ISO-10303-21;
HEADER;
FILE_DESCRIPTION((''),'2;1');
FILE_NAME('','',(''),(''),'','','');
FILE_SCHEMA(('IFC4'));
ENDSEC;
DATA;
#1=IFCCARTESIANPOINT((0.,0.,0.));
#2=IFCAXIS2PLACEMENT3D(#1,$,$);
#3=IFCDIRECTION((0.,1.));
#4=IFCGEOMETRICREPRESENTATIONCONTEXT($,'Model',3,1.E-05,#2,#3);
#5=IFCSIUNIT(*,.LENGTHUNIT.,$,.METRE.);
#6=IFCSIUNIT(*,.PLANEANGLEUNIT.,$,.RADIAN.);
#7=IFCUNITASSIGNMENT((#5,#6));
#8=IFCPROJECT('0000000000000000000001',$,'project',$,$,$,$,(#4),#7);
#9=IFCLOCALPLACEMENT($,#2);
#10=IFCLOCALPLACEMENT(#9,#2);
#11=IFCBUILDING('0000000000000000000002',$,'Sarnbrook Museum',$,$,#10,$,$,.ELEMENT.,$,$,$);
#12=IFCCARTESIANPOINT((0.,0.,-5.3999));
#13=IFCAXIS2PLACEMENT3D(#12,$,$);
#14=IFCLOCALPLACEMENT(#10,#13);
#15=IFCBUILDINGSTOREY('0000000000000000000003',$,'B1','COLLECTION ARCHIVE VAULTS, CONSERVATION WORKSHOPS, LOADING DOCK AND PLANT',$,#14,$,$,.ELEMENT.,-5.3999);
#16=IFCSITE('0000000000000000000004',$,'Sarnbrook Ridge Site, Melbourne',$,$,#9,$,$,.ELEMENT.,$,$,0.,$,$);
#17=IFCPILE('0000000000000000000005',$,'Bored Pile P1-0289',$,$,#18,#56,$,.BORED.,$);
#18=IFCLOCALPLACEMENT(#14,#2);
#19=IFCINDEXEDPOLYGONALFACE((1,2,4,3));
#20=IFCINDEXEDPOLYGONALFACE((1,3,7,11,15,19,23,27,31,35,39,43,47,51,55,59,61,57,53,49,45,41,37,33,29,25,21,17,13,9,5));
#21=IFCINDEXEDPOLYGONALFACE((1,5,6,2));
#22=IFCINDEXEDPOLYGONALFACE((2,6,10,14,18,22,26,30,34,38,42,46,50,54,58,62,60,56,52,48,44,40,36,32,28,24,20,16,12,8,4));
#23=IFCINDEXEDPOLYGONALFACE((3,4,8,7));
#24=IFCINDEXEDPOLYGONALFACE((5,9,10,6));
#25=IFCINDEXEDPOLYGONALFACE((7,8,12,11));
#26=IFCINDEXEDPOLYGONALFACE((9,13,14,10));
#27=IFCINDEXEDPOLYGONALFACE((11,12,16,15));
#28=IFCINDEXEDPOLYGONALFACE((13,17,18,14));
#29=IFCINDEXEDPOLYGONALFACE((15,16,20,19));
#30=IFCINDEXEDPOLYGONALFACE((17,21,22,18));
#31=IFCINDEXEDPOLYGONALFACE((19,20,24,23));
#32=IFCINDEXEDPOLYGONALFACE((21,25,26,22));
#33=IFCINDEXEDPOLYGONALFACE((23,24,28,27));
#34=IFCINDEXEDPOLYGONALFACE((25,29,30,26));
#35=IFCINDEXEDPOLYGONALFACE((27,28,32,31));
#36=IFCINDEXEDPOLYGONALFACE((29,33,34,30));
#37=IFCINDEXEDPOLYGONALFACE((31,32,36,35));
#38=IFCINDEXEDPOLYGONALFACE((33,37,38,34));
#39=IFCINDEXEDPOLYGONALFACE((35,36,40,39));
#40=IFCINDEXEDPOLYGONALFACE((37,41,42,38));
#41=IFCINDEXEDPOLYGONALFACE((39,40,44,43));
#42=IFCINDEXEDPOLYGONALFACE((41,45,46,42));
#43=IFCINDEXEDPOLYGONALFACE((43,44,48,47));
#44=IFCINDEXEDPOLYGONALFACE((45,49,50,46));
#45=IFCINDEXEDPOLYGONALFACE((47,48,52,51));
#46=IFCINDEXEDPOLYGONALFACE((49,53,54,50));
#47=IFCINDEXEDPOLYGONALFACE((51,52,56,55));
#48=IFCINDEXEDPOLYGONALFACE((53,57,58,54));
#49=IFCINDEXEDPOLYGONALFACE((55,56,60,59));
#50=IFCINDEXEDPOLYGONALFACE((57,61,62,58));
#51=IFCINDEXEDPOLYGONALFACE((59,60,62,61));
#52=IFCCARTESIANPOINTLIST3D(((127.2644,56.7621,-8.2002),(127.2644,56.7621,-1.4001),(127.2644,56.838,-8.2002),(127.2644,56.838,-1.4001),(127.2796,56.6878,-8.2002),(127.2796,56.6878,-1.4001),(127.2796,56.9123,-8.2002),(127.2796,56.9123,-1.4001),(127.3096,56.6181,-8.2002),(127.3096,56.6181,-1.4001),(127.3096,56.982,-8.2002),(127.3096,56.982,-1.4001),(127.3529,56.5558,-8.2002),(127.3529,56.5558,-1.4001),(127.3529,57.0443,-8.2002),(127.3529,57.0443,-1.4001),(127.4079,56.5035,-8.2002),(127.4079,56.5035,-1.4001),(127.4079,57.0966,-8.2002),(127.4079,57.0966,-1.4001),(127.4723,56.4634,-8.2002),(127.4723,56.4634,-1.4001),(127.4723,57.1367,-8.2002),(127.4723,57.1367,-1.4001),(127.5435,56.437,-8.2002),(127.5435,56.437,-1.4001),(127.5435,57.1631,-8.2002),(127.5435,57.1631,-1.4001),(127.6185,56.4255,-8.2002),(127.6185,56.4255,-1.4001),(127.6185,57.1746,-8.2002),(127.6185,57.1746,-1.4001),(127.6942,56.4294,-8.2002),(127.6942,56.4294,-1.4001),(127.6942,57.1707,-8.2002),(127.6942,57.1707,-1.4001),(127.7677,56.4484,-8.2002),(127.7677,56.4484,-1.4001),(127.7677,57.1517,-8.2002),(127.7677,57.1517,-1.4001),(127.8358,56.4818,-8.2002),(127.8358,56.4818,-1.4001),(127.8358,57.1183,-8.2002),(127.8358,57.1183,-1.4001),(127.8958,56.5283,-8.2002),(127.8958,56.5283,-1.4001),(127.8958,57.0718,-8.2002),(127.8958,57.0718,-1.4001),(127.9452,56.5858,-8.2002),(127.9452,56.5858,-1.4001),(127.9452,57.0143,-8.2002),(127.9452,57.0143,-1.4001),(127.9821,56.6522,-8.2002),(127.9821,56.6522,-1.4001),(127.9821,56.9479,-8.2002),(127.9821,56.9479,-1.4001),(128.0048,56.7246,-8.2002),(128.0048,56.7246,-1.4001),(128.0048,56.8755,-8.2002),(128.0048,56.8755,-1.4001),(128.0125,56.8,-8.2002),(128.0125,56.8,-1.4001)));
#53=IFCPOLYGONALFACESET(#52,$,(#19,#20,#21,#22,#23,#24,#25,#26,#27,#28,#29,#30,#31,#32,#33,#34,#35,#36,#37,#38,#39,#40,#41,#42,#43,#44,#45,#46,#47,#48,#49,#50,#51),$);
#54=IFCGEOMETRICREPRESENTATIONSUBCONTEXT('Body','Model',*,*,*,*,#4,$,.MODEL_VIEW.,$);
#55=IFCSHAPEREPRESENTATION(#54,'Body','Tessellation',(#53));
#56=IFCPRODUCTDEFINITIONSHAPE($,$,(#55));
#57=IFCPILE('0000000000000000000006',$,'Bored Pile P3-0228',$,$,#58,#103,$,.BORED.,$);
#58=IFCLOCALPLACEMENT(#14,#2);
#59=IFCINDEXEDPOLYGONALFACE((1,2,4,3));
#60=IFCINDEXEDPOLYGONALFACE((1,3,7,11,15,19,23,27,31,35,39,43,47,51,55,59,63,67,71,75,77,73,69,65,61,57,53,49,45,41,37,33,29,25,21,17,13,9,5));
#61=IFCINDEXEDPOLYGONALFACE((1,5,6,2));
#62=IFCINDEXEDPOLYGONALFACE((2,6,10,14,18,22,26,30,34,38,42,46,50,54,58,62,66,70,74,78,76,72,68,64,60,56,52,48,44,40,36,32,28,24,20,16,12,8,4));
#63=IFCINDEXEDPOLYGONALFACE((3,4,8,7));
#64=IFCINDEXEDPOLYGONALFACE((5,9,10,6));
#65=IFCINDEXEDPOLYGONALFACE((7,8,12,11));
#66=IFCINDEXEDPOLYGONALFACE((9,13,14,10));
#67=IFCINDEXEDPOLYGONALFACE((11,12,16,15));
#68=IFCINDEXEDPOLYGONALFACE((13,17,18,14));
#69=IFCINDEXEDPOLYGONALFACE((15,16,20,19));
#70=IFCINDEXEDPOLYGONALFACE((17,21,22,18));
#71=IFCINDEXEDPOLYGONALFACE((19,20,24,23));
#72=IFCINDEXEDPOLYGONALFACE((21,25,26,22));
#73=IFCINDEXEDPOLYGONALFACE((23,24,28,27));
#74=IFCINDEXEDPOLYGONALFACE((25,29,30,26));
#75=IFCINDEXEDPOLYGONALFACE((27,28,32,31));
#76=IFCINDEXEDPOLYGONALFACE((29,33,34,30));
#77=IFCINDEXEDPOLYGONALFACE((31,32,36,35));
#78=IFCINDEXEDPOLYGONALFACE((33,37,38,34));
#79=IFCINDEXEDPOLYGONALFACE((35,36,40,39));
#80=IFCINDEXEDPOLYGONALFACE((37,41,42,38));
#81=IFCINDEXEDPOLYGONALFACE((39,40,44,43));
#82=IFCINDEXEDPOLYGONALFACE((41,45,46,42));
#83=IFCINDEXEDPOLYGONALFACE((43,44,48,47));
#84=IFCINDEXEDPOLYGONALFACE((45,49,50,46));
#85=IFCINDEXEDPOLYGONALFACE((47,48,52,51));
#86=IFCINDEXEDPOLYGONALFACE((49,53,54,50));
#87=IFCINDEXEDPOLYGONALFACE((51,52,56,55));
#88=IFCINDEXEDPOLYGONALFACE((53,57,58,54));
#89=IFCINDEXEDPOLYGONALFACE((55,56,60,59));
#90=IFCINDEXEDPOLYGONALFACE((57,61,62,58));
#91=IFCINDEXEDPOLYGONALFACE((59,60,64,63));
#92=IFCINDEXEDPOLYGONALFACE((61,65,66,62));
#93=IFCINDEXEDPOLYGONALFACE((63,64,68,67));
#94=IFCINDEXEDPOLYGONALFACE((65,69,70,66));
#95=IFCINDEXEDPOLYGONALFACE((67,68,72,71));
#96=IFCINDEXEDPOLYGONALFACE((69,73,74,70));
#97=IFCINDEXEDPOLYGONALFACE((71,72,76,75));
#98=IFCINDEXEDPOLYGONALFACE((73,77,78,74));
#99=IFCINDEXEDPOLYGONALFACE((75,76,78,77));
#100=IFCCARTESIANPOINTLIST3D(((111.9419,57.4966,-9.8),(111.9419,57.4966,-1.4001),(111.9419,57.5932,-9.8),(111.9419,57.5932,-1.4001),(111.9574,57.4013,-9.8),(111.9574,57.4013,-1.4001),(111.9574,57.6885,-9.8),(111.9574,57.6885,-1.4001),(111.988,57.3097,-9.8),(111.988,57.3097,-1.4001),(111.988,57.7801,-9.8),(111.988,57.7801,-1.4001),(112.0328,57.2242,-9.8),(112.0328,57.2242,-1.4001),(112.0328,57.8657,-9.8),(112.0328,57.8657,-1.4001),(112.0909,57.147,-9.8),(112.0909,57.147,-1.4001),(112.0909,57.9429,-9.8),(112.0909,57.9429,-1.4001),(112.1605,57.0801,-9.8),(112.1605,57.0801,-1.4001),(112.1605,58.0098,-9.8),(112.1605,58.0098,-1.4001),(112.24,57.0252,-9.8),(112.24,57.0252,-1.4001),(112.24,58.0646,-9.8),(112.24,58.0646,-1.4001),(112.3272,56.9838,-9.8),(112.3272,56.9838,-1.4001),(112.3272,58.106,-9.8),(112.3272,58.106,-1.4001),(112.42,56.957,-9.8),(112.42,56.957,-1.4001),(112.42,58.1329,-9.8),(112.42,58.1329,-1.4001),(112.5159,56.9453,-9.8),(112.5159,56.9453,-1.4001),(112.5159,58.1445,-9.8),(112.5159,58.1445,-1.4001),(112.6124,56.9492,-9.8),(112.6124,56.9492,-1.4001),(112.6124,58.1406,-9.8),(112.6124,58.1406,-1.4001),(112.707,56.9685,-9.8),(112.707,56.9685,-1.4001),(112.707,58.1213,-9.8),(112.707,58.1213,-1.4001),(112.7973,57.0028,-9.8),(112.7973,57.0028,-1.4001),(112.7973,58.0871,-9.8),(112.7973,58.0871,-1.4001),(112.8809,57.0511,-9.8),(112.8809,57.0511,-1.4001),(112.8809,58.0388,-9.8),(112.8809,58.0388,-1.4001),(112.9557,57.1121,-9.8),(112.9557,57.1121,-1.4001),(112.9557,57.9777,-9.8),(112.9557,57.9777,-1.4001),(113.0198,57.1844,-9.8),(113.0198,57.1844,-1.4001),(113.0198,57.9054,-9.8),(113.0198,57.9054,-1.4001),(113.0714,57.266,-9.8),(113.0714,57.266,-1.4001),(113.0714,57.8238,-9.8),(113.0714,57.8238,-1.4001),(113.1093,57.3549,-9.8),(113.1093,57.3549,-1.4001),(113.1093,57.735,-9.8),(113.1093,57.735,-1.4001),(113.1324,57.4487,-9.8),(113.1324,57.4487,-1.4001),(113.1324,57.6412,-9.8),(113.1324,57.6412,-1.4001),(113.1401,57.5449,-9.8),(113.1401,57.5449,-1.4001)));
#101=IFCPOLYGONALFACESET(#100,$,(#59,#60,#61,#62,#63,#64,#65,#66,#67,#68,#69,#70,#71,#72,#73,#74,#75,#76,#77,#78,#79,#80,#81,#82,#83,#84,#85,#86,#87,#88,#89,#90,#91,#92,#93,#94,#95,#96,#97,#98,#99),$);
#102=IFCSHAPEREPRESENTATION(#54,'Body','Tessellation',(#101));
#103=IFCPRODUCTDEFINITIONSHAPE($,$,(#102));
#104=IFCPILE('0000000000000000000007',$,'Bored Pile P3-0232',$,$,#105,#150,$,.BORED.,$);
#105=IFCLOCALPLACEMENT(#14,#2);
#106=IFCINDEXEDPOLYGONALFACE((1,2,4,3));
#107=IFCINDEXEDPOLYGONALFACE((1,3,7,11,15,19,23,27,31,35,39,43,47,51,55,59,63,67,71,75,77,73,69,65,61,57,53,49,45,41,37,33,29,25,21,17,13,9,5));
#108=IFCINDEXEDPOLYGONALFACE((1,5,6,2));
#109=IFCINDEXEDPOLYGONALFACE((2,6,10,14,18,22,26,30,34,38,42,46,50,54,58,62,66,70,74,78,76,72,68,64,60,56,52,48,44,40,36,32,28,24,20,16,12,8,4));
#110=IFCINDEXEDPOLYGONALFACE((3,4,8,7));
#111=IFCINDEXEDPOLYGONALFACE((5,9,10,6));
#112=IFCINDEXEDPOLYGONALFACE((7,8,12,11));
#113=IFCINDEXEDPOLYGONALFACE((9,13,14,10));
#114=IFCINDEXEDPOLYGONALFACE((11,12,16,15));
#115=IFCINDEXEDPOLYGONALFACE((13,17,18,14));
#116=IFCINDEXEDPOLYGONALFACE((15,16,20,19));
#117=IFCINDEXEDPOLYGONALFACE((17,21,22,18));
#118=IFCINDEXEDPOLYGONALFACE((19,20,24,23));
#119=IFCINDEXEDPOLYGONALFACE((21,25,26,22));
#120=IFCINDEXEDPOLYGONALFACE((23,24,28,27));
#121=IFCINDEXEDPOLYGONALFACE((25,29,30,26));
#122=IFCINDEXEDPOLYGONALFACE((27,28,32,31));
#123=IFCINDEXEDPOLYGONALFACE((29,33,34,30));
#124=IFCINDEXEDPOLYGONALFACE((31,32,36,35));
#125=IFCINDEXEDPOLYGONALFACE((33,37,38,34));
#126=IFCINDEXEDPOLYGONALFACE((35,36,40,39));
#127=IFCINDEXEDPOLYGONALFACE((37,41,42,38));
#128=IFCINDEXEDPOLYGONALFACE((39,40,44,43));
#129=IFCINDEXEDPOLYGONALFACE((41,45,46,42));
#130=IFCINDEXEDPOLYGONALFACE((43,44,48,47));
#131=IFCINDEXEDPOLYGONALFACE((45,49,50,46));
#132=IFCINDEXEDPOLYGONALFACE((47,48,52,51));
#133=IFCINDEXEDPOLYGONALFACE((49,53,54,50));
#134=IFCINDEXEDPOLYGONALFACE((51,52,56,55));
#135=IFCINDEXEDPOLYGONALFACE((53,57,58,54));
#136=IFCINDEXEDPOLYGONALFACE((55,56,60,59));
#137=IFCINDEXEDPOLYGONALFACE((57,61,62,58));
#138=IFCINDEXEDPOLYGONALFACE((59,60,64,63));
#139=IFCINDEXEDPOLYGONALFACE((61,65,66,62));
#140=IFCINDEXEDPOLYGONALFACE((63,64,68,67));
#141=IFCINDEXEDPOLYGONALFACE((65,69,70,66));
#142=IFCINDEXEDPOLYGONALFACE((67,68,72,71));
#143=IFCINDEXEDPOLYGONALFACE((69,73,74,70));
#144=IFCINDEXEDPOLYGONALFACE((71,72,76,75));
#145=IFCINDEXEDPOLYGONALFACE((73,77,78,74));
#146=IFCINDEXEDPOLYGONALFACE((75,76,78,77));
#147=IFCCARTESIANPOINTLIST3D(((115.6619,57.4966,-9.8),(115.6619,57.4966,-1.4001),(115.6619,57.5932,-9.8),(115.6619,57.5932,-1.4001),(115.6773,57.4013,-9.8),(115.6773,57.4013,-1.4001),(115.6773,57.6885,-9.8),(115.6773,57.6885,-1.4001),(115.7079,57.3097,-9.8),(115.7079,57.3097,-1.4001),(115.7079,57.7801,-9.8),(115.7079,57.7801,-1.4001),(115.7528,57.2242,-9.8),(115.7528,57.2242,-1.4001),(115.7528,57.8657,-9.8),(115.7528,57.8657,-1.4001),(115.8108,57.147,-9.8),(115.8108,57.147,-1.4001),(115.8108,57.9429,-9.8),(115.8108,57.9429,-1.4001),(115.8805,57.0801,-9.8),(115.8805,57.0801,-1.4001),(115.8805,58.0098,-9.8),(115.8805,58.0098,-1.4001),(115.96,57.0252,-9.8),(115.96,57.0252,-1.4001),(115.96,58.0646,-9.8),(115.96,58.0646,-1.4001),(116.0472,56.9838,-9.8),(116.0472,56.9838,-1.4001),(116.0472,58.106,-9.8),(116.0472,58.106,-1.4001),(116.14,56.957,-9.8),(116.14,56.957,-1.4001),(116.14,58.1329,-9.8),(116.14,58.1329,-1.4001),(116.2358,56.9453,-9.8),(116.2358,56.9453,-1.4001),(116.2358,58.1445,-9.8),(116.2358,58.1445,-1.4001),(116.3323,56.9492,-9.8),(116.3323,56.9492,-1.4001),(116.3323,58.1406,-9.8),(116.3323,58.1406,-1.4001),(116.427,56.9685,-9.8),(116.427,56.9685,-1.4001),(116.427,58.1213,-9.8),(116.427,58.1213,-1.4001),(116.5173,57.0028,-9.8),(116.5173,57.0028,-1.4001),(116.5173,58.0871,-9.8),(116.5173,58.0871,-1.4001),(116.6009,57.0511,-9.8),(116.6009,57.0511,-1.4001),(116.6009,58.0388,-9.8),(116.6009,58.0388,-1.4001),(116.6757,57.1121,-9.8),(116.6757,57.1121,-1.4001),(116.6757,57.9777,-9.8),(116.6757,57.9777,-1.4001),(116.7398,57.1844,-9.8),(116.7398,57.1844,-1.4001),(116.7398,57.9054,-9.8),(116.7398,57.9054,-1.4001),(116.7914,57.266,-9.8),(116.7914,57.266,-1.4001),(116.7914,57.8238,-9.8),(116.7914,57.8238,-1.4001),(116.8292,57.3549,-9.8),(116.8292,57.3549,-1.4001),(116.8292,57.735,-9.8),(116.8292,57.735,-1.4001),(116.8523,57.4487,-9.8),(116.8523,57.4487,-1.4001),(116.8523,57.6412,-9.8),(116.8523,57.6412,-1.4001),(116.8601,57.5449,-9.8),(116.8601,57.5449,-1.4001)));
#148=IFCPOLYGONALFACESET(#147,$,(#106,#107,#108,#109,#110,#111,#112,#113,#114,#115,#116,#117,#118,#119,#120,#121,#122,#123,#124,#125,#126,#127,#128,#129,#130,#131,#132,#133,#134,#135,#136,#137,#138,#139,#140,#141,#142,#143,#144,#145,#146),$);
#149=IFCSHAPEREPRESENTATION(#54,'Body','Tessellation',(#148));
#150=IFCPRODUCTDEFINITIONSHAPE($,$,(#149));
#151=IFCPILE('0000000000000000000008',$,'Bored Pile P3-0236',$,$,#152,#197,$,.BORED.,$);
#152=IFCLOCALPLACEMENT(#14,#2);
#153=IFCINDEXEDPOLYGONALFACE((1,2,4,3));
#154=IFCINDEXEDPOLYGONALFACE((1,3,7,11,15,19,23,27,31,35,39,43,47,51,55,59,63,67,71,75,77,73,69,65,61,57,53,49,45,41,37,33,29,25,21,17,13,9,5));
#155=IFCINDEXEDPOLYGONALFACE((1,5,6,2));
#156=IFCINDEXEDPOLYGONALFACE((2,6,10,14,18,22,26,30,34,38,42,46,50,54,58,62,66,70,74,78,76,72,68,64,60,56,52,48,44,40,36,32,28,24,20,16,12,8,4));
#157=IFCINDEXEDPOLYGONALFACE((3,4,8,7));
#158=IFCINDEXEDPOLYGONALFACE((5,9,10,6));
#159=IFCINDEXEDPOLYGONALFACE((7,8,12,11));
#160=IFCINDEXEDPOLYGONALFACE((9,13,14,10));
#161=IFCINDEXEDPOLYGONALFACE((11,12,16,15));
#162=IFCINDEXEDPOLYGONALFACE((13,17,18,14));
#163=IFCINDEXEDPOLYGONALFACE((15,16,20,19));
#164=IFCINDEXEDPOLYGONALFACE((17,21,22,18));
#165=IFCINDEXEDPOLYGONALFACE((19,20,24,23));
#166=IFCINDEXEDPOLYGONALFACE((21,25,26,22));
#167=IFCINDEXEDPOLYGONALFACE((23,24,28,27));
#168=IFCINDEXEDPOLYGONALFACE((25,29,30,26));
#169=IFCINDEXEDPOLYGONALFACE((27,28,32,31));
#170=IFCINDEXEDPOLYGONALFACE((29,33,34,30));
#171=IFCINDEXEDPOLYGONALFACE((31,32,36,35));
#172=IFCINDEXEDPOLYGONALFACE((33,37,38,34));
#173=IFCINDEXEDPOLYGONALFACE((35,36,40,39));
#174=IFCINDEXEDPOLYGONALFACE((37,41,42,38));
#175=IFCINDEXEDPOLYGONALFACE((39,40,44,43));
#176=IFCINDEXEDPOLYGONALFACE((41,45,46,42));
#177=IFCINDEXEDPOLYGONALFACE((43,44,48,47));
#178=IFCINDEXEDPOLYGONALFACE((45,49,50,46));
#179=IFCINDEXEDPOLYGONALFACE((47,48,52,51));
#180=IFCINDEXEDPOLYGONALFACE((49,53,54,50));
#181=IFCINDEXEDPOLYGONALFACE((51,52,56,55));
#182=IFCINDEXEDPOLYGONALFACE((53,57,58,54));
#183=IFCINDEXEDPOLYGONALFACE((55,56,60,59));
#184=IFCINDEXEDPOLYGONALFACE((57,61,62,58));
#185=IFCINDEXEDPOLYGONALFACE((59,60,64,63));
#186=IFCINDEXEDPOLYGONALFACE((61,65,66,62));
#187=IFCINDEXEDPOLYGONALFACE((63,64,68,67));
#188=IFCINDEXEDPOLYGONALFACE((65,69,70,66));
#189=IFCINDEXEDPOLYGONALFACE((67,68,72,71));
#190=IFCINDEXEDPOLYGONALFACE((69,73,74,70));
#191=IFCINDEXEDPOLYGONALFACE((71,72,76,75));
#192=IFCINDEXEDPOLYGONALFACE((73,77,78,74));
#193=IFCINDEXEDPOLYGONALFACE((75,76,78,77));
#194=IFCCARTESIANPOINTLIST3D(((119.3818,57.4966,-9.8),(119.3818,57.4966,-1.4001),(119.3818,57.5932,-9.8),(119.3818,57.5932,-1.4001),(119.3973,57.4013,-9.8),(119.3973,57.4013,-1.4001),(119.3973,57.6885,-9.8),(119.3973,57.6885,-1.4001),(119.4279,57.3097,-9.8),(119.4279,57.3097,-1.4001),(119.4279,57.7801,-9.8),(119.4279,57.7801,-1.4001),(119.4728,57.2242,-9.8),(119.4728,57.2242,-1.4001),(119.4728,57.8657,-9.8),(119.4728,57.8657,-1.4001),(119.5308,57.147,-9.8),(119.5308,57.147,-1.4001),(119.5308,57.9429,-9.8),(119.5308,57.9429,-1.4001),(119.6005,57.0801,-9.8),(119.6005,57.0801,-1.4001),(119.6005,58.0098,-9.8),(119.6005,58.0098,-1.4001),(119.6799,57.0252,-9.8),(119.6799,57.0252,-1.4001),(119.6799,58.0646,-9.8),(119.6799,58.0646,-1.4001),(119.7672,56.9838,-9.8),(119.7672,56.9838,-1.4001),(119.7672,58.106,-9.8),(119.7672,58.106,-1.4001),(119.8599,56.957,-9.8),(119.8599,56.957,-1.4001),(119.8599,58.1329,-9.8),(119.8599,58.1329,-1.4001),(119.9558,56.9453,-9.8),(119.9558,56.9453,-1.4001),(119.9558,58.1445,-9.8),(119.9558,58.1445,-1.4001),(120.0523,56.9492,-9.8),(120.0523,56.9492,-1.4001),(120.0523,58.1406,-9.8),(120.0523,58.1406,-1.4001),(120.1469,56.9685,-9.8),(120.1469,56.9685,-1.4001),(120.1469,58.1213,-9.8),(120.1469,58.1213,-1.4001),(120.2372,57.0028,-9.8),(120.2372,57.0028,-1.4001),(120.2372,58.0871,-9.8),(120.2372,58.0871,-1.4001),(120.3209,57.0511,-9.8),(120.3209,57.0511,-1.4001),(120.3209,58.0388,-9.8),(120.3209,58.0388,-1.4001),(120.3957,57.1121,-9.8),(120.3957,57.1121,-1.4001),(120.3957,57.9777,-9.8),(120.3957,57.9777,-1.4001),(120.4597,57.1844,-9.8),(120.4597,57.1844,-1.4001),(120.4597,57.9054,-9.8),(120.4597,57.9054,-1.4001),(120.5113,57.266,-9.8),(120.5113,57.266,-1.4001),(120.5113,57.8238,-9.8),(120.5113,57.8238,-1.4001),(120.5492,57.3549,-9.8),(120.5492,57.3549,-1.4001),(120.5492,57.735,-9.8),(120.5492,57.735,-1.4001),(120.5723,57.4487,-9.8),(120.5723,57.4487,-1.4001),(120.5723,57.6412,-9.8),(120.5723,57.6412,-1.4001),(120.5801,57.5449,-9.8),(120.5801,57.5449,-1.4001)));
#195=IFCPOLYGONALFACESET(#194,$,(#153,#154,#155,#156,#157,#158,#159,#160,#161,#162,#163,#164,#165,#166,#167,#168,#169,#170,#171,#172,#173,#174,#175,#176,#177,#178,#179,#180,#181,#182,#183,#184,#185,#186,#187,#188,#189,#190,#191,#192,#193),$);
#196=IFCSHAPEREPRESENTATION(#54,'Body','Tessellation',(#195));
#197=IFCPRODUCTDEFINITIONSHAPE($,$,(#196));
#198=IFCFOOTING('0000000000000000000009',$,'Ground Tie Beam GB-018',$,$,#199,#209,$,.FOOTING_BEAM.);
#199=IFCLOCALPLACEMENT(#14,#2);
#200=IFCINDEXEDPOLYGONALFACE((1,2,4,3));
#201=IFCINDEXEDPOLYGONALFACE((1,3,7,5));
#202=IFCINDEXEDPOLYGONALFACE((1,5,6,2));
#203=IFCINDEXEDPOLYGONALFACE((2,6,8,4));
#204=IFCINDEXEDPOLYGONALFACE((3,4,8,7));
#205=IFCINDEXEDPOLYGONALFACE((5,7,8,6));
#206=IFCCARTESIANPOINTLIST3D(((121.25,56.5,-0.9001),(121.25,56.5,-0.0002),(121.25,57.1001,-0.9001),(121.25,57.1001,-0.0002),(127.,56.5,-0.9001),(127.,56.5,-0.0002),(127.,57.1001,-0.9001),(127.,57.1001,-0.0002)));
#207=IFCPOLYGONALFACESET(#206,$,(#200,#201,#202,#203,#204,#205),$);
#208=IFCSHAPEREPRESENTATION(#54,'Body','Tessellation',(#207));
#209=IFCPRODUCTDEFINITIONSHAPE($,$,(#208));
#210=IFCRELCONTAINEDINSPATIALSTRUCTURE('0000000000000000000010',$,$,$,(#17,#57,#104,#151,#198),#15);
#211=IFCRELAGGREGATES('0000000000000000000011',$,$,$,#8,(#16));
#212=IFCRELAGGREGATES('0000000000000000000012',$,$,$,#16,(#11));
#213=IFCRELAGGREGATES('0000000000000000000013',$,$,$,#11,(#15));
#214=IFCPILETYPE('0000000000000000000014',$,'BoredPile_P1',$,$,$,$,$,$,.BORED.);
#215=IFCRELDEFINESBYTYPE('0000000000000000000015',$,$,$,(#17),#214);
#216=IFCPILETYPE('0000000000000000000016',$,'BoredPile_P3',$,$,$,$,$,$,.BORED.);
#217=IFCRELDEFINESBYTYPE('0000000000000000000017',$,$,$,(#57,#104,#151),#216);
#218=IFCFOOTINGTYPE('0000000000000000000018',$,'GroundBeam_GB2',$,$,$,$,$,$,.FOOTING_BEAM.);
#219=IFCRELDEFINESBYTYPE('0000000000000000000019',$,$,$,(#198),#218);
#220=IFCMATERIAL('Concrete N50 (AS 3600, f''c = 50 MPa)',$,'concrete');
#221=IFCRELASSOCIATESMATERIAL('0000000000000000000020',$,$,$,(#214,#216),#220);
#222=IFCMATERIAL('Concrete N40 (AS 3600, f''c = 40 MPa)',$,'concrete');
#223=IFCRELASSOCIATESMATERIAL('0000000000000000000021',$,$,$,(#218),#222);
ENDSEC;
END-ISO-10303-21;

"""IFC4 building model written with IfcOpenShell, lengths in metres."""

from ifc_helpers import new_model, si_unit, direction, frame, origin, origin_2d, place, context, subcontext, project, spatial, rectangle, circle, extrude, material, material_profile, profile_set, type_object, element, save


model = new_model("IFC4")

# Units and contexts
model_context = context("Model", 3, precision=1e-05, world=origin(), true_north=direction((0.0, 1.0)))
body_context = subcontext(model_context, "Body", "Model", "MODEL_VIEW")
ifc_project = project(units=[si_unit("LENGTHUNIT", "METRE"), si_unit("PLANEANGLEUNIT", "RADIAN")], contexts=[model_context])

# Site, building, storey
site_placement = place(None, origin())
site = spatial("IfcSite", under=ifc_project, at=site_placement, Name="Sarnbrook Ridge Site, Melbourne", CompositionType="ELEMENT", RefElevation=0.0)
building_placement = place(site_placement, origin())
building = spatial("IfcBuilding", under=site, at=building_placement, Name="Sarnbrook Museum", CompositionType="ELEMENT")
storey_placement = place(building_placement, frame((0.0, 0.0, -5.3999)))
storey = spatial("IfcBuildingStorey", under=building, at=storey_placement, Name="B1", Description="COLLECTION ARCHIVE VAULTS, CONSERVATION WORKSHOPS, LOADING DOCK AND PLANT", CompositionType="ELEMENT", Elevation=-5.3999)

# Piles
ifc_material_1 = material(Name="Concrete N50 (AS 3600, f'c = 50 MPa)", Category="concrete")
ifc_material_profile_1 = material_profile(ifc_material_1, circle(Radius=0.375, at=origin_2d()), Name="BORED PILE D750")
ifc_profile_set_1 = profile_set([ifc_material_profile_1], Name="Concrete N50 (AS 3600, f'c = 50 MPa)")
pile_type_1 = type_object("IfcPileType", Name="BoredPile_P1", PredefinedType="BORED", material=ifc_profile_set_1)
pile_placement = place(storey_placement, frame((127.6375, 56.8, -1.4001), z_axis=(0.0, 0.0, -1.0), x_axis=(1.0, 0.0, 0.0)))
element("IfcPile", 1, at=pile_placement, inside=storey, type_object=pile_type_1, Name="Bored Pile P1-0289", PredefinedType="BORED", context=body_context, shape_type="SweptSolid", body=[
    extrude(circle(Radius=0.375, at=origin_2d()), origin(), (0.0, 0.0, 1.0), 6.8),
])
ifc_material_profile_2 = material_profile(ifc_material_1, circle(Radius=0.6001, at=origin_2d()), Name="BORED PILE D1200")
ifc_profile_set_2 = profile_set([ifc_material_profile_2], Name="Concrete N50 (AS 3600, f'c = 50 MPa)")
pile_type_2 = type_object("IfcPileType", Name="BoredPile_P3", PredefinedType="BORED", material=ifc_profile_set_2)
for number, where, z_axis, x_axis, name in (
    (2, (112.54, 57.5449, -1.4001), (0.0, 0.0, -1.0), (1.0, 0.0, 0.0), "Bored Pile P3-0228"),
    (3, (116.26, 57.5449, -1.4001), (0.0, 0.0, -1.0), (1.0, 0.0, 0.0), "Bored Pile P3-0232"),
    (4, (119.98, 57.5449, -1.4001), (0.0, 0.0, -1.0), (1.0, 0.0, 0.0), "Bored Pile P3-0236"),
):
    element("IfcPile", number, at=place(storey_placement, frame(where, z_axis=z_axis, x_axis=x_axis)), inside=storey, type_object=pile_type_2, Name=name, PredefinedType="BORED", context=body_context, shape_type="SweptSolid", body=[
        extrude(circle(Radius=0.6001, at=origin_2d()), origin(), (0.0, 0.0, 1.0), 8.3999),
    ])

# Footing
ifc_material_2 = material(Name="Concrete N40 (AS 3600, f'c = 40 MPa)", Category="concrete")
footing_type_1 = type_object("IfcFootingType", Name="GroundBeam_GB2", PredefinedType="FOOTING_BEAM", material=ifc_material_2)
footing_1_placement = place(storey_placement, frame((124.125, 56.8, -0.9001), z_axis=(0.0, 0.0, 1.0), x_axis=(1.0, 0.0, 0.0)))
element("IfcFooting", 5, at=footing_1_placement, inside=storey, type_object=footing_type_1, Name="Ground Tie Beam GB-018", PredefinedType="FOOTING_BEAM", context=body_context, shape_type="SweptSolid", body=[
    extrude(rectangle(XDim=5.75, YDim=0.6001, at=origin_2d()), origin(), (0.0, 0.0, 1.0), 0.8999),
])

save(model, "model.ifc")
